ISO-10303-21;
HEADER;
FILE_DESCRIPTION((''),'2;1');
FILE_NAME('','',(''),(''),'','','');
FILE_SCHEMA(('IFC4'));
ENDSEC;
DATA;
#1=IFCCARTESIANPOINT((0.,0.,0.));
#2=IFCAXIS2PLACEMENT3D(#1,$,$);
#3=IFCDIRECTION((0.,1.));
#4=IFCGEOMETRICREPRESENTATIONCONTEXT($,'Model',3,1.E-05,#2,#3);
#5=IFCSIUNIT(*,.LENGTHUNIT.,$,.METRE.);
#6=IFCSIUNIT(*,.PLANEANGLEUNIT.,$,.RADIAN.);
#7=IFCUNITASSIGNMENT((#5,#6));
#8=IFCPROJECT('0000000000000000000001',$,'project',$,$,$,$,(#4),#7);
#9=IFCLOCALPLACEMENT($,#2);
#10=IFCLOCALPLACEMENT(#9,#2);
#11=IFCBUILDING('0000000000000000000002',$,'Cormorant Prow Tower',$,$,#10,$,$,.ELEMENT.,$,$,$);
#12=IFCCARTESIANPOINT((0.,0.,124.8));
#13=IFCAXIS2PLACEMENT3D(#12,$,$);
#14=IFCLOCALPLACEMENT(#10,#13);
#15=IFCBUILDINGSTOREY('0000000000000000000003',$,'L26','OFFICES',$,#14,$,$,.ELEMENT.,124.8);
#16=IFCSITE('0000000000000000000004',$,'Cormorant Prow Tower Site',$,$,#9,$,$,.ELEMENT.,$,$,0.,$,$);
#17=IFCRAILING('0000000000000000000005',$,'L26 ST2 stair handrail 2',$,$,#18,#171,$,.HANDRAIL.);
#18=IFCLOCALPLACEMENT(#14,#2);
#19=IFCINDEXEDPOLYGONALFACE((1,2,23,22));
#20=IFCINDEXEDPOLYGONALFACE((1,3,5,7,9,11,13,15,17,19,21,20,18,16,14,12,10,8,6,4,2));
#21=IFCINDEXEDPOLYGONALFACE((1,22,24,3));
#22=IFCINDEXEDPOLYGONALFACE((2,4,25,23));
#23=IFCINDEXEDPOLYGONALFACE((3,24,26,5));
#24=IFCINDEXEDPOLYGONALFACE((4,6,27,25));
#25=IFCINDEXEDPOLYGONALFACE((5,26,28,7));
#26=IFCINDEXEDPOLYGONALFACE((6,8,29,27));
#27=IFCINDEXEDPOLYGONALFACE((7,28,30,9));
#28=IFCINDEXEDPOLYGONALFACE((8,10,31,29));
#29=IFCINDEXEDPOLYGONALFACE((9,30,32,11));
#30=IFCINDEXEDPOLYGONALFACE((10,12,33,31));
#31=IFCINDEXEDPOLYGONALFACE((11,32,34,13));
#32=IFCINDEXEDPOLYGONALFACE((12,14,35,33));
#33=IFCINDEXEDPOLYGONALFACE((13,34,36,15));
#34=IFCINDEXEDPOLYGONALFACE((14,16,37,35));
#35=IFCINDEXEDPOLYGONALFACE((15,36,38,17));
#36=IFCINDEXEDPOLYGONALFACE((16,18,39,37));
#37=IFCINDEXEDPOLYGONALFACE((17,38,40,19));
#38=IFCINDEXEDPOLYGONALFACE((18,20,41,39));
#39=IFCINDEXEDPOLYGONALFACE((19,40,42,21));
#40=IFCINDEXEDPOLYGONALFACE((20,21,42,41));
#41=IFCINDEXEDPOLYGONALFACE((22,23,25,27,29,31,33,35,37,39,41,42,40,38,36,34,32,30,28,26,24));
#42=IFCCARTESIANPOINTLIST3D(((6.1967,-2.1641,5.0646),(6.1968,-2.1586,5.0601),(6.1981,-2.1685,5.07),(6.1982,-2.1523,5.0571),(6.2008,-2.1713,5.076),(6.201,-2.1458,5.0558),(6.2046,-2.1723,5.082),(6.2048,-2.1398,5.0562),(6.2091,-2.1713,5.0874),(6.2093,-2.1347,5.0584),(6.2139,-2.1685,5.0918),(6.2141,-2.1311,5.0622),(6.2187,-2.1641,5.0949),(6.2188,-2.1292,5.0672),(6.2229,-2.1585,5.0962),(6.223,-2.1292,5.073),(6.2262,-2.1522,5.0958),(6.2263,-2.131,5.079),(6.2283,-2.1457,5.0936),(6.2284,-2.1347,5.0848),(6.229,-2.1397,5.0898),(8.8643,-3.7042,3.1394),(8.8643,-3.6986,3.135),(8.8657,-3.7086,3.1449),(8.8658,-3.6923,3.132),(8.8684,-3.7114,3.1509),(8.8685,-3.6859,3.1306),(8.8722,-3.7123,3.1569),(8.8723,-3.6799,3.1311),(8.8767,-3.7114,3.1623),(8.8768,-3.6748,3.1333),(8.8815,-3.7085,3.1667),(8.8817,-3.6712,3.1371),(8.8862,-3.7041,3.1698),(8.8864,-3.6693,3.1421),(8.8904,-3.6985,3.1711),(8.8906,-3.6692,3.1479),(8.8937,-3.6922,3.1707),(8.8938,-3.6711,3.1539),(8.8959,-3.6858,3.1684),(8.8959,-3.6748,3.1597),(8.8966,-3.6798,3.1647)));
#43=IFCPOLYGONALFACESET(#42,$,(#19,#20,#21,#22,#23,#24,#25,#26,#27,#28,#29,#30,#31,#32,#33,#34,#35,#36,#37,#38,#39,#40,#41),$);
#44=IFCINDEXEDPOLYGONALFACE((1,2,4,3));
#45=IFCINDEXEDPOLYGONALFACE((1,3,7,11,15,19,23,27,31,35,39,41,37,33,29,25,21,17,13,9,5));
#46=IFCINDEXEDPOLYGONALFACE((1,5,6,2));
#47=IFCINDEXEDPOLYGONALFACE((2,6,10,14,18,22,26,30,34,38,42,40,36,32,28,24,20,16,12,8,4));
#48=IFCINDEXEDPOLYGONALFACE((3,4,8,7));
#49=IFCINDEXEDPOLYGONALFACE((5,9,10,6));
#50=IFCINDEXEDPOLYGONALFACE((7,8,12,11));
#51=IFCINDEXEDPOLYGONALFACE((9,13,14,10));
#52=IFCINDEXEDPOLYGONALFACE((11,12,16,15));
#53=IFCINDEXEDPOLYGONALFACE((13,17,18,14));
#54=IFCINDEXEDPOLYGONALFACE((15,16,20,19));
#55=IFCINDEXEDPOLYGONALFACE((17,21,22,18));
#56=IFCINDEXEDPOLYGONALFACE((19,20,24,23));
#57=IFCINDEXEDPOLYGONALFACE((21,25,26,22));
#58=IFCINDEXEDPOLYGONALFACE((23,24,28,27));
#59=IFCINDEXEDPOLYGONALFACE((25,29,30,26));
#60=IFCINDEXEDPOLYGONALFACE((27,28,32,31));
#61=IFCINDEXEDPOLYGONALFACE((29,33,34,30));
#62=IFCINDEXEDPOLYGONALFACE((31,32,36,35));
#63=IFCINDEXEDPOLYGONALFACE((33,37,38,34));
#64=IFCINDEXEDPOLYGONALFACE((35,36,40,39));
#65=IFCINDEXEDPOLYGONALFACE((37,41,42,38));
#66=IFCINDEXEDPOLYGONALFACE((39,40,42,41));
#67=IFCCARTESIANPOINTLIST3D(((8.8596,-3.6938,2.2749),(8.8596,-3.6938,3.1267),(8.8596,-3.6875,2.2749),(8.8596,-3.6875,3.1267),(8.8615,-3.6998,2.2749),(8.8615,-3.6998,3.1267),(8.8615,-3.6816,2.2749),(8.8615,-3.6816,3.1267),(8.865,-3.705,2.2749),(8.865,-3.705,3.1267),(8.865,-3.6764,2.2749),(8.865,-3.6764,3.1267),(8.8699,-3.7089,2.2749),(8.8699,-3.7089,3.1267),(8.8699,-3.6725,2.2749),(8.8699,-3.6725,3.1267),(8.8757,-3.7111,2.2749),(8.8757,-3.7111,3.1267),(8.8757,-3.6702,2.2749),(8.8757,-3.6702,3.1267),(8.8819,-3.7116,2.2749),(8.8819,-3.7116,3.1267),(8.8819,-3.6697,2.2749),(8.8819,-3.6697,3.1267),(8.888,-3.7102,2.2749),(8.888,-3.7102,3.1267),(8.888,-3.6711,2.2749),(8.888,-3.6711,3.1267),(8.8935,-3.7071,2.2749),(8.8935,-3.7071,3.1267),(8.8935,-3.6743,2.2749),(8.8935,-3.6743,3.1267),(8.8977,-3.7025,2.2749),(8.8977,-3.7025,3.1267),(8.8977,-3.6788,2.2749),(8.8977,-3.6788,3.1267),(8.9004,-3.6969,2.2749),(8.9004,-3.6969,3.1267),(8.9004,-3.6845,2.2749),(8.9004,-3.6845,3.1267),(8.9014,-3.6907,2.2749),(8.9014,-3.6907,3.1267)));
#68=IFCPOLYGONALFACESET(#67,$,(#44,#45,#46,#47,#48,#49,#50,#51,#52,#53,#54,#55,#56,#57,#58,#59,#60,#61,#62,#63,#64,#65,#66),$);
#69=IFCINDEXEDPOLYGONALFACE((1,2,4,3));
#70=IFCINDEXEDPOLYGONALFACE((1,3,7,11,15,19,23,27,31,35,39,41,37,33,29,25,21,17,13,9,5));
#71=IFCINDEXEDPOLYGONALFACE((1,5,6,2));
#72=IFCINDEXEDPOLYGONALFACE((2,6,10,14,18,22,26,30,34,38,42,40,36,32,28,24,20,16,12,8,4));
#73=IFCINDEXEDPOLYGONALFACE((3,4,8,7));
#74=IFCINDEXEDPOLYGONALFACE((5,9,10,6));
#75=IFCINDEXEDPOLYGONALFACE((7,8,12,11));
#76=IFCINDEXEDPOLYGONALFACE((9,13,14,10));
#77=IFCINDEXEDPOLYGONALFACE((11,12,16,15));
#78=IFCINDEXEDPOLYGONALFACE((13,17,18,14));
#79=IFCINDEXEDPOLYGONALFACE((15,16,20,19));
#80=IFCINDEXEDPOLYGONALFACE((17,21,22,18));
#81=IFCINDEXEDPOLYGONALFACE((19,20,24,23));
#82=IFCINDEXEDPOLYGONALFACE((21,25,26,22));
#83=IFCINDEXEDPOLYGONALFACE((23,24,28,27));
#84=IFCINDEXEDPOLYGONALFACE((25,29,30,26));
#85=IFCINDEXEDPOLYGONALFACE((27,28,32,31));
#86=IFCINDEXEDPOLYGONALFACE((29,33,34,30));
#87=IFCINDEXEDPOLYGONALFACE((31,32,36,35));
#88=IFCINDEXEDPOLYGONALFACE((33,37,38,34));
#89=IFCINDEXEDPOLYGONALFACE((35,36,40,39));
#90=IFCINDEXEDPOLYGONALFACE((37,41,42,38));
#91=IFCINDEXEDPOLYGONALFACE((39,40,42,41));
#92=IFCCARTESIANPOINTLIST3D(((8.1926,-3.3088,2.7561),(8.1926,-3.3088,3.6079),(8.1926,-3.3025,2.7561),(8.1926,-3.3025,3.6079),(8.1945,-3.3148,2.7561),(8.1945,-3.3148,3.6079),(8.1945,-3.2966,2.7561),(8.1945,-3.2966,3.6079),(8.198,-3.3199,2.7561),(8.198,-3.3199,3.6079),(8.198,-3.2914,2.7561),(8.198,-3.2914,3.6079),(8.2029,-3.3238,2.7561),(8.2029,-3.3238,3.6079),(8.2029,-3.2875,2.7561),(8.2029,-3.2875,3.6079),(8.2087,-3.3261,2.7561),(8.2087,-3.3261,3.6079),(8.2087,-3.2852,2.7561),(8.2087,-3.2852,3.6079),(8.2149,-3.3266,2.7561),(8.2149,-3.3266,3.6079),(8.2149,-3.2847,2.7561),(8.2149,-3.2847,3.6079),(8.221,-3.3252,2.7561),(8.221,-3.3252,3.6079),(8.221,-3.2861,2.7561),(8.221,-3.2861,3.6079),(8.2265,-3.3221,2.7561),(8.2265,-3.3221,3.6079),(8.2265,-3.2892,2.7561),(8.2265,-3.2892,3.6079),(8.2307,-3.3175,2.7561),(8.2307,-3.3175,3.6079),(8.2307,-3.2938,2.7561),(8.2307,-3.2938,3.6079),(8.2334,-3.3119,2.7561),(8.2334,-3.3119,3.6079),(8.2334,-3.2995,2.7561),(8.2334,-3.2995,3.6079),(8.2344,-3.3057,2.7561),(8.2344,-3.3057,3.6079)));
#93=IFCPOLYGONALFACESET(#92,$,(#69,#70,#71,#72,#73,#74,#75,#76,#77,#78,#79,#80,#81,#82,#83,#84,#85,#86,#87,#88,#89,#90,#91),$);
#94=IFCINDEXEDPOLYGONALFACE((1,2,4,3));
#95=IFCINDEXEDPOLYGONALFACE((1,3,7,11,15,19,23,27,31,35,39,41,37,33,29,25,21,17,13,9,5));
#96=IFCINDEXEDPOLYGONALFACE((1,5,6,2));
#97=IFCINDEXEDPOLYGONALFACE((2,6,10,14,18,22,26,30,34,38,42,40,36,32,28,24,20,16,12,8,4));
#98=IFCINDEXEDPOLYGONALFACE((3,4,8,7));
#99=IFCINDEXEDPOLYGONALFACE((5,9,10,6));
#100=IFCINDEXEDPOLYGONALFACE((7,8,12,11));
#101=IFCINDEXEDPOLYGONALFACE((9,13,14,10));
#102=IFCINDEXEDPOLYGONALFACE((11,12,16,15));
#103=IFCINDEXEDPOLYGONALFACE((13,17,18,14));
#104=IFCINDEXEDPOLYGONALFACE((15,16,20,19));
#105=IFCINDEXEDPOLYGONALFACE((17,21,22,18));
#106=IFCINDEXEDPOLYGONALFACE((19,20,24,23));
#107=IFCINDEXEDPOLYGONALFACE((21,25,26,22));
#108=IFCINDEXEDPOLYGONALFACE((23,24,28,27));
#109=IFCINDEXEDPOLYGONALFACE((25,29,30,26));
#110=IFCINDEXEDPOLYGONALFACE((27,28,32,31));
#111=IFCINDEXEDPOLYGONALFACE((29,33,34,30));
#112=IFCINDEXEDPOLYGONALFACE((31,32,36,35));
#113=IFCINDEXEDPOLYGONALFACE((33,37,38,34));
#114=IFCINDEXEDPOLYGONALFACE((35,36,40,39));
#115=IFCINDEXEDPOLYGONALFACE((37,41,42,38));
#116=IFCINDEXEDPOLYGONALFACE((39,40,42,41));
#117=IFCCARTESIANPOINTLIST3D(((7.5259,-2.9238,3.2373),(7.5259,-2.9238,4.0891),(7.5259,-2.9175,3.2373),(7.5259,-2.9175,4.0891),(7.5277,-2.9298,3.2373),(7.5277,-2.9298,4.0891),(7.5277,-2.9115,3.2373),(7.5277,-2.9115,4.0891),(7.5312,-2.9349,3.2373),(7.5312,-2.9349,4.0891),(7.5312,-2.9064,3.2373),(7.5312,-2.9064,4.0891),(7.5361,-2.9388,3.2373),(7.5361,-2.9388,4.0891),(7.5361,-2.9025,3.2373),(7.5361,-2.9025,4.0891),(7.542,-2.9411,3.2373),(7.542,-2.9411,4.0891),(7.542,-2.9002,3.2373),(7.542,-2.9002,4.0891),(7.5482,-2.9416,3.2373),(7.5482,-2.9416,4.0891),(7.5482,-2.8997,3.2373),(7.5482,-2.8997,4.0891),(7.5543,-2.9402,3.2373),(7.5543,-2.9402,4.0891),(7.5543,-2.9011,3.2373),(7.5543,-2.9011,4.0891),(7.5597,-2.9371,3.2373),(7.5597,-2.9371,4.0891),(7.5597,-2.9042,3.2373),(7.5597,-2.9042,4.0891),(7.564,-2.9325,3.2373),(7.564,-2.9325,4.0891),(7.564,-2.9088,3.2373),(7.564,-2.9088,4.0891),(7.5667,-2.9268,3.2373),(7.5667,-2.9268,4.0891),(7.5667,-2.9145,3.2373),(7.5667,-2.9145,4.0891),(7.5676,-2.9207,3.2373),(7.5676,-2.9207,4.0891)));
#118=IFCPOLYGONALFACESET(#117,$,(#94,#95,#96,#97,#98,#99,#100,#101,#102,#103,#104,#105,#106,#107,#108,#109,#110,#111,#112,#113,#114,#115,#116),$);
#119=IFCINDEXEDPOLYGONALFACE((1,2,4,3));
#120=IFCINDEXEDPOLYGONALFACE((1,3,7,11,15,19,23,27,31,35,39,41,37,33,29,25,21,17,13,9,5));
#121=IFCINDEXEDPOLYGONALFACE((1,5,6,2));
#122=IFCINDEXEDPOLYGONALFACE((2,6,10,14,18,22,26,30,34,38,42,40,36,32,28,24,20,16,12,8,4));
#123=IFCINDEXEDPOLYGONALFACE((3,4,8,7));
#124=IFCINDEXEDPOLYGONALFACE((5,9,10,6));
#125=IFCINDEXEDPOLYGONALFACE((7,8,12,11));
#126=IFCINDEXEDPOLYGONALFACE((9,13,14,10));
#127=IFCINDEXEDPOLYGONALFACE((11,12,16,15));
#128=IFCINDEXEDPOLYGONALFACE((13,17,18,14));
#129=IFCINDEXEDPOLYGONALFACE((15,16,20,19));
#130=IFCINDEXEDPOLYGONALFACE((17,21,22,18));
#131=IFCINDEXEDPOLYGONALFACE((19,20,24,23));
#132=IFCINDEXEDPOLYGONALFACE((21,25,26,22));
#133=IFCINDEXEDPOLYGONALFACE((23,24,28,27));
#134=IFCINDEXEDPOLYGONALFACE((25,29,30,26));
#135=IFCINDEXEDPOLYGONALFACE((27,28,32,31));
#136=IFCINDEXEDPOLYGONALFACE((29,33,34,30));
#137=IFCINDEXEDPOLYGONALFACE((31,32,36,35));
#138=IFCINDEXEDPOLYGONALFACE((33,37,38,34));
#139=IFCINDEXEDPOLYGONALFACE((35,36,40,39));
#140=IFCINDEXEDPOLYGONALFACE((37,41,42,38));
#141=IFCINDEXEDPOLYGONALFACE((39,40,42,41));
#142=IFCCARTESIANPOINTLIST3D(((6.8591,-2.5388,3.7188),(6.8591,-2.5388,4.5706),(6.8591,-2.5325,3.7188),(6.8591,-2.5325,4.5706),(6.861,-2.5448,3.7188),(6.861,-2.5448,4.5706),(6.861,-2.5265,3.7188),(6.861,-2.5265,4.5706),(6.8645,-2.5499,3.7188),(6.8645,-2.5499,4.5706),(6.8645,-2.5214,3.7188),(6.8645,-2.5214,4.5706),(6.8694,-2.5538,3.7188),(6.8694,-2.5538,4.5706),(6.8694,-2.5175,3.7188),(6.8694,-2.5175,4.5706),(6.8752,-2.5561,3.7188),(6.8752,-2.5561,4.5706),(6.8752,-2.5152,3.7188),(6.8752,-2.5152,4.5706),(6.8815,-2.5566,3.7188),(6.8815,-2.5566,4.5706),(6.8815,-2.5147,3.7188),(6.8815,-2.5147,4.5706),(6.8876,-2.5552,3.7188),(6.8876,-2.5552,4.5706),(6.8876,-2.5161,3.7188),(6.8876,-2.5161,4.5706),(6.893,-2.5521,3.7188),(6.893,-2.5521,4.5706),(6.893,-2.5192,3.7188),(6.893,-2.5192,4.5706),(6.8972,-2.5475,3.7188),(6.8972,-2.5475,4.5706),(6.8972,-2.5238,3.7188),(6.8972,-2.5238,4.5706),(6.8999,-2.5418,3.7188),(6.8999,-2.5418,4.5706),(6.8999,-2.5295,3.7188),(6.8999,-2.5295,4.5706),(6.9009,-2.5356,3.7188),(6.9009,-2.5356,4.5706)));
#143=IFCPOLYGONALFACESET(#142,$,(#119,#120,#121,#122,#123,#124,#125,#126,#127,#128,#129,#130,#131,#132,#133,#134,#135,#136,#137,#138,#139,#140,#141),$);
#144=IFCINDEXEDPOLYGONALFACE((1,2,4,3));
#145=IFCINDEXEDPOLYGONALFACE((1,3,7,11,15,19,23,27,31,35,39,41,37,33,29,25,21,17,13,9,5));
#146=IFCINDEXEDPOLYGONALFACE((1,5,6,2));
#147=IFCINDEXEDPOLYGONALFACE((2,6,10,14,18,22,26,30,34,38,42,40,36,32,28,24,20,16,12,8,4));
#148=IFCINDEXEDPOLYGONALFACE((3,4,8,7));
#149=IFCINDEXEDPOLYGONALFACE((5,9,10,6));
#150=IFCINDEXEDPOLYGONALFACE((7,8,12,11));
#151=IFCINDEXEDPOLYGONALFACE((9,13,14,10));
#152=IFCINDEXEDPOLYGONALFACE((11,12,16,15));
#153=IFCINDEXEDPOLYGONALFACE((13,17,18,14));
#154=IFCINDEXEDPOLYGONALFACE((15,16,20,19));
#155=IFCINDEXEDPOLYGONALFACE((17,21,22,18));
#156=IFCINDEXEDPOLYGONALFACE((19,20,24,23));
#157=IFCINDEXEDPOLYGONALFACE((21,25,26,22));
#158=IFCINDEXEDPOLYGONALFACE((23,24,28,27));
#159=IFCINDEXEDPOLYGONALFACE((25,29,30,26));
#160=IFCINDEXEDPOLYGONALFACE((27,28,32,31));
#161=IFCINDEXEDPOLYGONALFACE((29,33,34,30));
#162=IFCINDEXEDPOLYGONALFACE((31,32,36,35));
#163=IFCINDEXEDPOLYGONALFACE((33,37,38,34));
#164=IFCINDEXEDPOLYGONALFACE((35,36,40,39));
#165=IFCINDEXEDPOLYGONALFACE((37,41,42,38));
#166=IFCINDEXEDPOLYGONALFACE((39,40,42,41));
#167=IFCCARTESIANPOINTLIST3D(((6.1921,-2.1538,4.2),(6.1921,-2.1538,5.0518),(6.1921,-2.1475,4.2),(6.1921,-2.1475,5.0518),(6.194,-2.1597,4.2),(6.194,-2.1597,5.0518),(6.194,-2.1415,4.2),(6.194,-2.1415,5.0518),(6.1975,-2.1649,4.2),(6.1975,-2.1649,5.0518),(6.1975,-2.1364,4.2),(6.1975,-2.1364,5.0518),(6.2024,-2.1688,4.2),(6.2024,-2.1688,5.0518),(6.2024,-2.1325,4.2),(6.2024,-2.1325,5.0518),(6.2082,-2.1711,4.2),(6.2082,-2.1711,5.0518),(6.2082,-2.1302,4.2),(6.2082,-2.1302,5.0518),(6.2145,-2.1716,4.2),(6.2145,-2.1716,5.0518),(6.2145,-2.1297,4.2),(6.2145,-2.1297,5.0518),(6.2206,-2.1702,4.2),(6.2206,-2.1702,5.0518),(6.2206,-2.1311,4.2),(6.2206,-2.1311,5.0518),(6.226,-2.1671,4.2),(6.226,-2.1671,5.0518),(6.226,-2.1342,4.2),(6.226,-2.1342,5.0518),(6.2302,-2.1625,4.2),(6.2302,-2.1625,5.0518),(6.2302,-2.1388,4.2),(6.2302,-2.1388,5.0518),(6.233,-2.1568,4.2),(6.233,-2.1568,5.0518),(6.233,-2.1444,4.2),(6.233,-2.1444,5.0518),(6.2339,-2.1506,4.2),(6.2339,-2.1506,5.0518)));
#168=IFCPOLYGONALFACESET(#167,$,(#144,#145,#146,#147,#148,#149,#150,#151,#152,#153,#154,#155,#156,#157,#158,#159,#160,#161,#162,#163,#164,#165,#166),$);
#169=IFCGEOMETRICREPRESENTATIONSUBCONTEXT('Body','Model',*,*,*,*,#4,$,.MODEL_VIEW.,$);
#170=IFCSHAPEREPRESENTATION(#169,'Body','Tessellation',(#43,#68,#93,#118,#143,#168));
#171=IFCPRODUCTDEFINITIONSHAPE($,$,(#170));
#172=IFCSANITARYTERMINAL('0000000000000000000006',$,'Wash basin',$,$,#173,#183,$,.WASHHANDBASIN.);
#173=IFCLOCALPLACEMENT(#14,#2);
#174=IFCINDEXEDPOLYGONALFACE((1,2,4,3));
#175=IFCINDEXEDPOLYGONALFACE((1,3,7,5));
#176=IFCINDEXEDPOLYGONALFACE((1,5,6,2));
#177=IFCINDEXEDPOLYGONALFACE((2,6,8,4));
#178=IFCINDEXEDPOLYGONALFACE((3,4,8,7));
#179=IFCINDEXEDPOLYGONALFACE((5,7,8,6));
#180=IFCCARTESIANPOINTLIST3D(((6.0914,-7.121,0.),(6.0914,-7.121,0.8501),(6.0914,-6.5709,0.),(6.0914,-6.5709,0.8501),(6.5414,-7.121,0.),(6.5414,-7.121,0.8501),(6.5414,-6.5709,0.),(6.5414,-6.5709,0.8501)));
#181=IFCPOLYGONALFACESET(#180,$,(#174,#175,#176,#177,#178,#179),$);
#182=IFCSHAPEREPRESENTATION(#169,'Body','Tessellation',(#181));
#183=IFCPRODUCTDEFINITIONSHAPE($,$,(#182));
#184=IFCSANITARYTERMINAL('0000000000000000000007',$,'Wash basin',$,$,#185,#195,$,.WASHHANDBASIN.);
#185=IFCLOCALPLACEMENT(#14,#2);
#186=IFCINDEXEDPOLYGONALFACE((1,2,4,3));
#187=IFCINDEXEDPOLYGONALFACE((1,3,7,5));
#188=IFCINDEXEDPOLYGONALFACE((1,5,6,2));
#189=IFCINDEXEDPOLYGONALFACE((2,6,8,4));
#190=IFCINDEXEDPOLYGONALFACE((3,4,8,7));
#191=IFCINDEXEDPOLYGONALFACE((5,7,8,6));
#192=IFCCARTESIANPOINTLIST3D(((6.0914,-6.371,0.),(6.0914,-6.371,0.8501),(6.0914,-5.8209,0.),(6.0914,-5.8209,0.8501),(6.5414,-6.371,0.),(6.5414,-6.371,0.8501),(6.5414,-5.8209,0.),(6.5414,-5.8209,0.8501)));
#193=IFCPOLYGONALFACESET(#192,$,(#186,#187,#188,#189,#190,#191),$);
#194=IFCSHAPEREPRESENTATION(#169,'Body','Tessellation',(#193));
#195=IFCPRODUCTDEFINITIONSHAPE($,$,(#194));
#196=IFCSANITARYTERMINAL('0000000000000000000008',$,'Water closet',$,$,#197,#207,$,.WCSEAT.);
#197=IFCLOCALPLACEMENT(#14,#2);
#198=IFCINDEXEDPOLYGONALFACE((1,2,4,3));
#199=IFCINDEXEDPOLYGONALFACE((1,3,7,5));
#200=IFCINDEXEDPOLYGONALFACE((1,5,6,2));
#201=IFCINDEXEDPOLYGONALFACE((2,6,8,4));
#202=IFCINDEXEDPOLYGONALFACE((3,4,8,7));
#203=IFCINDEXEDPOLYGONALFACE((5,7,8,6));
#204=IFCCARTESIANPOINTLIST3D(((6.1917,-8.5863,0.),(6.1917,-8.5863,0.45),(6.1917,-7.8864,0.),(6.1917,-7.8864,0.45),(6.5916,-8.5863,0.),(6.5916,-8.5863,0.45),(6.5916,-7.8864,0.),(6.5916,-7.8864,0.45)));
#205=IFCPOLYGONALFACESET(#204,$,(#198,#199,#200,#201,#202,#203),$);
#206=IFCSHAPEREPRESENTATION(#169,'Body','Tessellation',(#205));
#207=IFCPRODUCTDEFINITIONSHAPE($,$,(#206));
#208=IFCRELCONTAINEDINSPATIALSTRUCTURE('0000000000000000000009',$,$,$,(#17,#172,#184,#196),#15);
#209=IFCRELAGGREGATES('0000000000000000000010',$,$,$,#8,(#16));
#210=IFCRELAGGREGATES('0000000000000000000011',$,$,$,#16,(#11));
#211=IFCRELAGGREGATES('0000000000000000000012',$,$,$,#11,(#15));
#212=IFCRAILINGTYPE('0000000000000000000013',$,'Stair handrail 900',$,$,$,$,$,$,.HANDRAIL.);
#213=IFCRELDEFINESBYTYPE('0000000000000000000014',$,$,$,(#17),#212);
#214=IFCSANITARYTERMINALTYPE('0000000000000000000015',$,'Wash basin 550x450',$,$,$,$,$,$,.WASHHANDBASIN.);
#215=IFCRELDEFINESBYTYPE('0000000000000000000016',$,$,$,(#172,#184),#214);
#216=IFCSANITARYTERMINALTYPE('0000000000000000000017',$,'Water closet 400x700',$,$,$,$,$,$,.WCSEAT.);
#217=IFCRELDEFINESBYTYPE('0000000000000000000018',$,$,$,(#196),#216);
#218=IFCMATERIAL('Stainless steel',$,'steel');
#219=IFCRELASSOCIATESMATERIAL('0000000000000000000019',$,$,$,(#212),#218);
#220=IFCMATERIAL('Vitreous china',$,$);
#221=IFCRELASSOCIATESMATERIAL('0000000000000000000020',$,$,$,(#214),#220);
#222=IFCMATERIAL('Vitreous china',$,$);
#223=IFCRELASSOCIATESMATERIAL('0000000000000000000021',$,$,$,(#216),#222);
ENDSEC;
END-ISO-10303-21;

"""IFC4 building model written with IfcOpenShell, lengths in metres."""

from ifc_helpers import new_model, si_unit, direction, frame, origin, origin_2d, place, context, subcontext, project, spatial, rectangle, circle, extrude, material, type_object, element, save


model = new_model("IFC4")

# Units and contexts
model_context = context("Model", 3, precision=1e-05, world=origin(), true_north=direction((0.0, 1.0)))
body_context = subcontext(model_context, "Body", "Model", "MODEL_VIEW")
ifc_project = project(units=[si_unit("LENGTHUNIT", "METRE"), si_unit("PLANEANGLEUNIT", "RADIAN")], contexts=[model_context])

# Site, building, storey
site_placement = place(None, origin())
site = spatial("IfcSite", under=ifc_project, at=site_placement, Name="Cormorant Prow Tower Site", CompositionType="ELEMENT", RefElevation=0.0)
building_placement = place(site_placement, origin())
building = spatial("IfcBuilding", under=site, at=building_placement, Name="Cormorant Prow Tower", CompositionType="ELEMENT")
storey_placement = place(building_placement, frame((0.0, 0.0, 124.8)))
storey = spatial("IfcBuildingStorey", under=building, at=storey_placement, Name="L26", Description="OFFICES", CompositionType="ELEMENT", Elevation=124.8)

# Railing
ifc_material_1 = material(Name="Stainless steel", Category="steel")
railing_type_1 = type_object("IfcRailingType", Name="Stair handrail 900", PredefinedType="HANDRAIL", material=ifc_material_1)
railing_1_placement = place(storey_placement, frame((8.8804, -3.6907, 2.2749)))
element("IfcRailing", 1, at=railing_1_placement, inside=storey, type_object=railing_type_1, Name="L26 ST2 stair handrail 2", PredefinedType="HANDRAIL", context=body_context, shape_type="SweptSolid", body=[
    extrude(circle(Radius=0.0239, at=origin_2d()), frame((0.0, 0.0, 0.876), z_axis=(-0.734395, 0.423994, 0.529993), x_axis=(-0.499992, -0.86603, 0.0)), (0.0, 0.0, 1.0), 3.6323),
    extrude(circle(Radius=0.021, at=origin_2d()), origin(), (0.0, 0.0, 1.0), 0.8518),
    extrude(circle(Radius=0.021, at=origin_2d()), frame((-0.667, 0.385, 0.4812)), (0.0, 0.0, 1.0), 0.8518),
    extrude(circle(Radius=0.021, at=origin_2d()), frame((-1.3337, 0.77, 0.9624)), (0.0, 0.0, 1.0), 0.8518),
    extrude(circle(Radius=0.021, at=origin_2d()), frame((-2.0005, 1.155, 1.4438)), (0.0, 0.0, 1.0), 0.8518),
    extrude(circle(Radius=0.021, at=origin_2d()), frame((-2.6675, 1.54, 1.925)), (0.0, 0.0, 1.0), 0.8518),
])

# Sanitary terminals
ifc_material_2 = material(Name="Vitreous china")
sanitary_terminal_type_1 = type_object("IfcSanitaryTerminalType", Name="Wash basin 550x450", PredefinedType="WASHHANDBASIN", material=ifc_material_2)
for number, where, z_axis, x_axis, name in (
    (2, (6.3164, -6.8459, 0.0), (0.0, 0.0, 1.0), (0.0, -1.0, 0.0), "Wash basin"),
    (3, (6.3164, -6.0959, 0.0), (0.0, 0.0, 1.0), (0.0, -1.0, 0.0), "Wash basin"),
):
    element("IfcSanitaryTerminal", number, at=place(storey_placement, frame(where, z_axis=z_axis, x_axis=x_axis)), inside=storey, type_object=sanitary_terminal_type_1, Name=name, PredefinedType="WASHHANDBASIN", context=body_context, shape_type="SweptSolid", body=[
        extrude(rectangle(XDim=0.55, YDim=0.45, at=origin_2d()), origin(), (0.0, 0.0, 1.0), 0.8501),
    ])
ifc_material_3 = material(Name="Vitreous china")
sanitary_terminal_type_2 = type_object("IfcSanitaryTerminalType", Name="Water closet 400x700", PredefinedType="WCSEAT", material=ifc_material_3)
for number, where, z_axis, x_axis, name in (
    (4, (6.3916, -8.2363, 0.0), (0.0, 0.0, 1.0), (1.0, 0.0, 0.0), "Water closet"),
):
    element("IfcSanitaryTerminal", number, at=place(storey_placement, frame(where, z_axis=z_axis, x_axis=x_axis)), inside=storey, type_object=sanitary_terminal_type_2, Name=name, PredefinedType="WCSEAT", context=body_context, shape_type="SweptSolid", body=[
        extrude(rectangle(XDim=0.3999, YDim=0.7, at=origin_2d()), origin(), (0.0, 0.0, 1.0), 0.45),
    ])

save(model, "model.ifc")
